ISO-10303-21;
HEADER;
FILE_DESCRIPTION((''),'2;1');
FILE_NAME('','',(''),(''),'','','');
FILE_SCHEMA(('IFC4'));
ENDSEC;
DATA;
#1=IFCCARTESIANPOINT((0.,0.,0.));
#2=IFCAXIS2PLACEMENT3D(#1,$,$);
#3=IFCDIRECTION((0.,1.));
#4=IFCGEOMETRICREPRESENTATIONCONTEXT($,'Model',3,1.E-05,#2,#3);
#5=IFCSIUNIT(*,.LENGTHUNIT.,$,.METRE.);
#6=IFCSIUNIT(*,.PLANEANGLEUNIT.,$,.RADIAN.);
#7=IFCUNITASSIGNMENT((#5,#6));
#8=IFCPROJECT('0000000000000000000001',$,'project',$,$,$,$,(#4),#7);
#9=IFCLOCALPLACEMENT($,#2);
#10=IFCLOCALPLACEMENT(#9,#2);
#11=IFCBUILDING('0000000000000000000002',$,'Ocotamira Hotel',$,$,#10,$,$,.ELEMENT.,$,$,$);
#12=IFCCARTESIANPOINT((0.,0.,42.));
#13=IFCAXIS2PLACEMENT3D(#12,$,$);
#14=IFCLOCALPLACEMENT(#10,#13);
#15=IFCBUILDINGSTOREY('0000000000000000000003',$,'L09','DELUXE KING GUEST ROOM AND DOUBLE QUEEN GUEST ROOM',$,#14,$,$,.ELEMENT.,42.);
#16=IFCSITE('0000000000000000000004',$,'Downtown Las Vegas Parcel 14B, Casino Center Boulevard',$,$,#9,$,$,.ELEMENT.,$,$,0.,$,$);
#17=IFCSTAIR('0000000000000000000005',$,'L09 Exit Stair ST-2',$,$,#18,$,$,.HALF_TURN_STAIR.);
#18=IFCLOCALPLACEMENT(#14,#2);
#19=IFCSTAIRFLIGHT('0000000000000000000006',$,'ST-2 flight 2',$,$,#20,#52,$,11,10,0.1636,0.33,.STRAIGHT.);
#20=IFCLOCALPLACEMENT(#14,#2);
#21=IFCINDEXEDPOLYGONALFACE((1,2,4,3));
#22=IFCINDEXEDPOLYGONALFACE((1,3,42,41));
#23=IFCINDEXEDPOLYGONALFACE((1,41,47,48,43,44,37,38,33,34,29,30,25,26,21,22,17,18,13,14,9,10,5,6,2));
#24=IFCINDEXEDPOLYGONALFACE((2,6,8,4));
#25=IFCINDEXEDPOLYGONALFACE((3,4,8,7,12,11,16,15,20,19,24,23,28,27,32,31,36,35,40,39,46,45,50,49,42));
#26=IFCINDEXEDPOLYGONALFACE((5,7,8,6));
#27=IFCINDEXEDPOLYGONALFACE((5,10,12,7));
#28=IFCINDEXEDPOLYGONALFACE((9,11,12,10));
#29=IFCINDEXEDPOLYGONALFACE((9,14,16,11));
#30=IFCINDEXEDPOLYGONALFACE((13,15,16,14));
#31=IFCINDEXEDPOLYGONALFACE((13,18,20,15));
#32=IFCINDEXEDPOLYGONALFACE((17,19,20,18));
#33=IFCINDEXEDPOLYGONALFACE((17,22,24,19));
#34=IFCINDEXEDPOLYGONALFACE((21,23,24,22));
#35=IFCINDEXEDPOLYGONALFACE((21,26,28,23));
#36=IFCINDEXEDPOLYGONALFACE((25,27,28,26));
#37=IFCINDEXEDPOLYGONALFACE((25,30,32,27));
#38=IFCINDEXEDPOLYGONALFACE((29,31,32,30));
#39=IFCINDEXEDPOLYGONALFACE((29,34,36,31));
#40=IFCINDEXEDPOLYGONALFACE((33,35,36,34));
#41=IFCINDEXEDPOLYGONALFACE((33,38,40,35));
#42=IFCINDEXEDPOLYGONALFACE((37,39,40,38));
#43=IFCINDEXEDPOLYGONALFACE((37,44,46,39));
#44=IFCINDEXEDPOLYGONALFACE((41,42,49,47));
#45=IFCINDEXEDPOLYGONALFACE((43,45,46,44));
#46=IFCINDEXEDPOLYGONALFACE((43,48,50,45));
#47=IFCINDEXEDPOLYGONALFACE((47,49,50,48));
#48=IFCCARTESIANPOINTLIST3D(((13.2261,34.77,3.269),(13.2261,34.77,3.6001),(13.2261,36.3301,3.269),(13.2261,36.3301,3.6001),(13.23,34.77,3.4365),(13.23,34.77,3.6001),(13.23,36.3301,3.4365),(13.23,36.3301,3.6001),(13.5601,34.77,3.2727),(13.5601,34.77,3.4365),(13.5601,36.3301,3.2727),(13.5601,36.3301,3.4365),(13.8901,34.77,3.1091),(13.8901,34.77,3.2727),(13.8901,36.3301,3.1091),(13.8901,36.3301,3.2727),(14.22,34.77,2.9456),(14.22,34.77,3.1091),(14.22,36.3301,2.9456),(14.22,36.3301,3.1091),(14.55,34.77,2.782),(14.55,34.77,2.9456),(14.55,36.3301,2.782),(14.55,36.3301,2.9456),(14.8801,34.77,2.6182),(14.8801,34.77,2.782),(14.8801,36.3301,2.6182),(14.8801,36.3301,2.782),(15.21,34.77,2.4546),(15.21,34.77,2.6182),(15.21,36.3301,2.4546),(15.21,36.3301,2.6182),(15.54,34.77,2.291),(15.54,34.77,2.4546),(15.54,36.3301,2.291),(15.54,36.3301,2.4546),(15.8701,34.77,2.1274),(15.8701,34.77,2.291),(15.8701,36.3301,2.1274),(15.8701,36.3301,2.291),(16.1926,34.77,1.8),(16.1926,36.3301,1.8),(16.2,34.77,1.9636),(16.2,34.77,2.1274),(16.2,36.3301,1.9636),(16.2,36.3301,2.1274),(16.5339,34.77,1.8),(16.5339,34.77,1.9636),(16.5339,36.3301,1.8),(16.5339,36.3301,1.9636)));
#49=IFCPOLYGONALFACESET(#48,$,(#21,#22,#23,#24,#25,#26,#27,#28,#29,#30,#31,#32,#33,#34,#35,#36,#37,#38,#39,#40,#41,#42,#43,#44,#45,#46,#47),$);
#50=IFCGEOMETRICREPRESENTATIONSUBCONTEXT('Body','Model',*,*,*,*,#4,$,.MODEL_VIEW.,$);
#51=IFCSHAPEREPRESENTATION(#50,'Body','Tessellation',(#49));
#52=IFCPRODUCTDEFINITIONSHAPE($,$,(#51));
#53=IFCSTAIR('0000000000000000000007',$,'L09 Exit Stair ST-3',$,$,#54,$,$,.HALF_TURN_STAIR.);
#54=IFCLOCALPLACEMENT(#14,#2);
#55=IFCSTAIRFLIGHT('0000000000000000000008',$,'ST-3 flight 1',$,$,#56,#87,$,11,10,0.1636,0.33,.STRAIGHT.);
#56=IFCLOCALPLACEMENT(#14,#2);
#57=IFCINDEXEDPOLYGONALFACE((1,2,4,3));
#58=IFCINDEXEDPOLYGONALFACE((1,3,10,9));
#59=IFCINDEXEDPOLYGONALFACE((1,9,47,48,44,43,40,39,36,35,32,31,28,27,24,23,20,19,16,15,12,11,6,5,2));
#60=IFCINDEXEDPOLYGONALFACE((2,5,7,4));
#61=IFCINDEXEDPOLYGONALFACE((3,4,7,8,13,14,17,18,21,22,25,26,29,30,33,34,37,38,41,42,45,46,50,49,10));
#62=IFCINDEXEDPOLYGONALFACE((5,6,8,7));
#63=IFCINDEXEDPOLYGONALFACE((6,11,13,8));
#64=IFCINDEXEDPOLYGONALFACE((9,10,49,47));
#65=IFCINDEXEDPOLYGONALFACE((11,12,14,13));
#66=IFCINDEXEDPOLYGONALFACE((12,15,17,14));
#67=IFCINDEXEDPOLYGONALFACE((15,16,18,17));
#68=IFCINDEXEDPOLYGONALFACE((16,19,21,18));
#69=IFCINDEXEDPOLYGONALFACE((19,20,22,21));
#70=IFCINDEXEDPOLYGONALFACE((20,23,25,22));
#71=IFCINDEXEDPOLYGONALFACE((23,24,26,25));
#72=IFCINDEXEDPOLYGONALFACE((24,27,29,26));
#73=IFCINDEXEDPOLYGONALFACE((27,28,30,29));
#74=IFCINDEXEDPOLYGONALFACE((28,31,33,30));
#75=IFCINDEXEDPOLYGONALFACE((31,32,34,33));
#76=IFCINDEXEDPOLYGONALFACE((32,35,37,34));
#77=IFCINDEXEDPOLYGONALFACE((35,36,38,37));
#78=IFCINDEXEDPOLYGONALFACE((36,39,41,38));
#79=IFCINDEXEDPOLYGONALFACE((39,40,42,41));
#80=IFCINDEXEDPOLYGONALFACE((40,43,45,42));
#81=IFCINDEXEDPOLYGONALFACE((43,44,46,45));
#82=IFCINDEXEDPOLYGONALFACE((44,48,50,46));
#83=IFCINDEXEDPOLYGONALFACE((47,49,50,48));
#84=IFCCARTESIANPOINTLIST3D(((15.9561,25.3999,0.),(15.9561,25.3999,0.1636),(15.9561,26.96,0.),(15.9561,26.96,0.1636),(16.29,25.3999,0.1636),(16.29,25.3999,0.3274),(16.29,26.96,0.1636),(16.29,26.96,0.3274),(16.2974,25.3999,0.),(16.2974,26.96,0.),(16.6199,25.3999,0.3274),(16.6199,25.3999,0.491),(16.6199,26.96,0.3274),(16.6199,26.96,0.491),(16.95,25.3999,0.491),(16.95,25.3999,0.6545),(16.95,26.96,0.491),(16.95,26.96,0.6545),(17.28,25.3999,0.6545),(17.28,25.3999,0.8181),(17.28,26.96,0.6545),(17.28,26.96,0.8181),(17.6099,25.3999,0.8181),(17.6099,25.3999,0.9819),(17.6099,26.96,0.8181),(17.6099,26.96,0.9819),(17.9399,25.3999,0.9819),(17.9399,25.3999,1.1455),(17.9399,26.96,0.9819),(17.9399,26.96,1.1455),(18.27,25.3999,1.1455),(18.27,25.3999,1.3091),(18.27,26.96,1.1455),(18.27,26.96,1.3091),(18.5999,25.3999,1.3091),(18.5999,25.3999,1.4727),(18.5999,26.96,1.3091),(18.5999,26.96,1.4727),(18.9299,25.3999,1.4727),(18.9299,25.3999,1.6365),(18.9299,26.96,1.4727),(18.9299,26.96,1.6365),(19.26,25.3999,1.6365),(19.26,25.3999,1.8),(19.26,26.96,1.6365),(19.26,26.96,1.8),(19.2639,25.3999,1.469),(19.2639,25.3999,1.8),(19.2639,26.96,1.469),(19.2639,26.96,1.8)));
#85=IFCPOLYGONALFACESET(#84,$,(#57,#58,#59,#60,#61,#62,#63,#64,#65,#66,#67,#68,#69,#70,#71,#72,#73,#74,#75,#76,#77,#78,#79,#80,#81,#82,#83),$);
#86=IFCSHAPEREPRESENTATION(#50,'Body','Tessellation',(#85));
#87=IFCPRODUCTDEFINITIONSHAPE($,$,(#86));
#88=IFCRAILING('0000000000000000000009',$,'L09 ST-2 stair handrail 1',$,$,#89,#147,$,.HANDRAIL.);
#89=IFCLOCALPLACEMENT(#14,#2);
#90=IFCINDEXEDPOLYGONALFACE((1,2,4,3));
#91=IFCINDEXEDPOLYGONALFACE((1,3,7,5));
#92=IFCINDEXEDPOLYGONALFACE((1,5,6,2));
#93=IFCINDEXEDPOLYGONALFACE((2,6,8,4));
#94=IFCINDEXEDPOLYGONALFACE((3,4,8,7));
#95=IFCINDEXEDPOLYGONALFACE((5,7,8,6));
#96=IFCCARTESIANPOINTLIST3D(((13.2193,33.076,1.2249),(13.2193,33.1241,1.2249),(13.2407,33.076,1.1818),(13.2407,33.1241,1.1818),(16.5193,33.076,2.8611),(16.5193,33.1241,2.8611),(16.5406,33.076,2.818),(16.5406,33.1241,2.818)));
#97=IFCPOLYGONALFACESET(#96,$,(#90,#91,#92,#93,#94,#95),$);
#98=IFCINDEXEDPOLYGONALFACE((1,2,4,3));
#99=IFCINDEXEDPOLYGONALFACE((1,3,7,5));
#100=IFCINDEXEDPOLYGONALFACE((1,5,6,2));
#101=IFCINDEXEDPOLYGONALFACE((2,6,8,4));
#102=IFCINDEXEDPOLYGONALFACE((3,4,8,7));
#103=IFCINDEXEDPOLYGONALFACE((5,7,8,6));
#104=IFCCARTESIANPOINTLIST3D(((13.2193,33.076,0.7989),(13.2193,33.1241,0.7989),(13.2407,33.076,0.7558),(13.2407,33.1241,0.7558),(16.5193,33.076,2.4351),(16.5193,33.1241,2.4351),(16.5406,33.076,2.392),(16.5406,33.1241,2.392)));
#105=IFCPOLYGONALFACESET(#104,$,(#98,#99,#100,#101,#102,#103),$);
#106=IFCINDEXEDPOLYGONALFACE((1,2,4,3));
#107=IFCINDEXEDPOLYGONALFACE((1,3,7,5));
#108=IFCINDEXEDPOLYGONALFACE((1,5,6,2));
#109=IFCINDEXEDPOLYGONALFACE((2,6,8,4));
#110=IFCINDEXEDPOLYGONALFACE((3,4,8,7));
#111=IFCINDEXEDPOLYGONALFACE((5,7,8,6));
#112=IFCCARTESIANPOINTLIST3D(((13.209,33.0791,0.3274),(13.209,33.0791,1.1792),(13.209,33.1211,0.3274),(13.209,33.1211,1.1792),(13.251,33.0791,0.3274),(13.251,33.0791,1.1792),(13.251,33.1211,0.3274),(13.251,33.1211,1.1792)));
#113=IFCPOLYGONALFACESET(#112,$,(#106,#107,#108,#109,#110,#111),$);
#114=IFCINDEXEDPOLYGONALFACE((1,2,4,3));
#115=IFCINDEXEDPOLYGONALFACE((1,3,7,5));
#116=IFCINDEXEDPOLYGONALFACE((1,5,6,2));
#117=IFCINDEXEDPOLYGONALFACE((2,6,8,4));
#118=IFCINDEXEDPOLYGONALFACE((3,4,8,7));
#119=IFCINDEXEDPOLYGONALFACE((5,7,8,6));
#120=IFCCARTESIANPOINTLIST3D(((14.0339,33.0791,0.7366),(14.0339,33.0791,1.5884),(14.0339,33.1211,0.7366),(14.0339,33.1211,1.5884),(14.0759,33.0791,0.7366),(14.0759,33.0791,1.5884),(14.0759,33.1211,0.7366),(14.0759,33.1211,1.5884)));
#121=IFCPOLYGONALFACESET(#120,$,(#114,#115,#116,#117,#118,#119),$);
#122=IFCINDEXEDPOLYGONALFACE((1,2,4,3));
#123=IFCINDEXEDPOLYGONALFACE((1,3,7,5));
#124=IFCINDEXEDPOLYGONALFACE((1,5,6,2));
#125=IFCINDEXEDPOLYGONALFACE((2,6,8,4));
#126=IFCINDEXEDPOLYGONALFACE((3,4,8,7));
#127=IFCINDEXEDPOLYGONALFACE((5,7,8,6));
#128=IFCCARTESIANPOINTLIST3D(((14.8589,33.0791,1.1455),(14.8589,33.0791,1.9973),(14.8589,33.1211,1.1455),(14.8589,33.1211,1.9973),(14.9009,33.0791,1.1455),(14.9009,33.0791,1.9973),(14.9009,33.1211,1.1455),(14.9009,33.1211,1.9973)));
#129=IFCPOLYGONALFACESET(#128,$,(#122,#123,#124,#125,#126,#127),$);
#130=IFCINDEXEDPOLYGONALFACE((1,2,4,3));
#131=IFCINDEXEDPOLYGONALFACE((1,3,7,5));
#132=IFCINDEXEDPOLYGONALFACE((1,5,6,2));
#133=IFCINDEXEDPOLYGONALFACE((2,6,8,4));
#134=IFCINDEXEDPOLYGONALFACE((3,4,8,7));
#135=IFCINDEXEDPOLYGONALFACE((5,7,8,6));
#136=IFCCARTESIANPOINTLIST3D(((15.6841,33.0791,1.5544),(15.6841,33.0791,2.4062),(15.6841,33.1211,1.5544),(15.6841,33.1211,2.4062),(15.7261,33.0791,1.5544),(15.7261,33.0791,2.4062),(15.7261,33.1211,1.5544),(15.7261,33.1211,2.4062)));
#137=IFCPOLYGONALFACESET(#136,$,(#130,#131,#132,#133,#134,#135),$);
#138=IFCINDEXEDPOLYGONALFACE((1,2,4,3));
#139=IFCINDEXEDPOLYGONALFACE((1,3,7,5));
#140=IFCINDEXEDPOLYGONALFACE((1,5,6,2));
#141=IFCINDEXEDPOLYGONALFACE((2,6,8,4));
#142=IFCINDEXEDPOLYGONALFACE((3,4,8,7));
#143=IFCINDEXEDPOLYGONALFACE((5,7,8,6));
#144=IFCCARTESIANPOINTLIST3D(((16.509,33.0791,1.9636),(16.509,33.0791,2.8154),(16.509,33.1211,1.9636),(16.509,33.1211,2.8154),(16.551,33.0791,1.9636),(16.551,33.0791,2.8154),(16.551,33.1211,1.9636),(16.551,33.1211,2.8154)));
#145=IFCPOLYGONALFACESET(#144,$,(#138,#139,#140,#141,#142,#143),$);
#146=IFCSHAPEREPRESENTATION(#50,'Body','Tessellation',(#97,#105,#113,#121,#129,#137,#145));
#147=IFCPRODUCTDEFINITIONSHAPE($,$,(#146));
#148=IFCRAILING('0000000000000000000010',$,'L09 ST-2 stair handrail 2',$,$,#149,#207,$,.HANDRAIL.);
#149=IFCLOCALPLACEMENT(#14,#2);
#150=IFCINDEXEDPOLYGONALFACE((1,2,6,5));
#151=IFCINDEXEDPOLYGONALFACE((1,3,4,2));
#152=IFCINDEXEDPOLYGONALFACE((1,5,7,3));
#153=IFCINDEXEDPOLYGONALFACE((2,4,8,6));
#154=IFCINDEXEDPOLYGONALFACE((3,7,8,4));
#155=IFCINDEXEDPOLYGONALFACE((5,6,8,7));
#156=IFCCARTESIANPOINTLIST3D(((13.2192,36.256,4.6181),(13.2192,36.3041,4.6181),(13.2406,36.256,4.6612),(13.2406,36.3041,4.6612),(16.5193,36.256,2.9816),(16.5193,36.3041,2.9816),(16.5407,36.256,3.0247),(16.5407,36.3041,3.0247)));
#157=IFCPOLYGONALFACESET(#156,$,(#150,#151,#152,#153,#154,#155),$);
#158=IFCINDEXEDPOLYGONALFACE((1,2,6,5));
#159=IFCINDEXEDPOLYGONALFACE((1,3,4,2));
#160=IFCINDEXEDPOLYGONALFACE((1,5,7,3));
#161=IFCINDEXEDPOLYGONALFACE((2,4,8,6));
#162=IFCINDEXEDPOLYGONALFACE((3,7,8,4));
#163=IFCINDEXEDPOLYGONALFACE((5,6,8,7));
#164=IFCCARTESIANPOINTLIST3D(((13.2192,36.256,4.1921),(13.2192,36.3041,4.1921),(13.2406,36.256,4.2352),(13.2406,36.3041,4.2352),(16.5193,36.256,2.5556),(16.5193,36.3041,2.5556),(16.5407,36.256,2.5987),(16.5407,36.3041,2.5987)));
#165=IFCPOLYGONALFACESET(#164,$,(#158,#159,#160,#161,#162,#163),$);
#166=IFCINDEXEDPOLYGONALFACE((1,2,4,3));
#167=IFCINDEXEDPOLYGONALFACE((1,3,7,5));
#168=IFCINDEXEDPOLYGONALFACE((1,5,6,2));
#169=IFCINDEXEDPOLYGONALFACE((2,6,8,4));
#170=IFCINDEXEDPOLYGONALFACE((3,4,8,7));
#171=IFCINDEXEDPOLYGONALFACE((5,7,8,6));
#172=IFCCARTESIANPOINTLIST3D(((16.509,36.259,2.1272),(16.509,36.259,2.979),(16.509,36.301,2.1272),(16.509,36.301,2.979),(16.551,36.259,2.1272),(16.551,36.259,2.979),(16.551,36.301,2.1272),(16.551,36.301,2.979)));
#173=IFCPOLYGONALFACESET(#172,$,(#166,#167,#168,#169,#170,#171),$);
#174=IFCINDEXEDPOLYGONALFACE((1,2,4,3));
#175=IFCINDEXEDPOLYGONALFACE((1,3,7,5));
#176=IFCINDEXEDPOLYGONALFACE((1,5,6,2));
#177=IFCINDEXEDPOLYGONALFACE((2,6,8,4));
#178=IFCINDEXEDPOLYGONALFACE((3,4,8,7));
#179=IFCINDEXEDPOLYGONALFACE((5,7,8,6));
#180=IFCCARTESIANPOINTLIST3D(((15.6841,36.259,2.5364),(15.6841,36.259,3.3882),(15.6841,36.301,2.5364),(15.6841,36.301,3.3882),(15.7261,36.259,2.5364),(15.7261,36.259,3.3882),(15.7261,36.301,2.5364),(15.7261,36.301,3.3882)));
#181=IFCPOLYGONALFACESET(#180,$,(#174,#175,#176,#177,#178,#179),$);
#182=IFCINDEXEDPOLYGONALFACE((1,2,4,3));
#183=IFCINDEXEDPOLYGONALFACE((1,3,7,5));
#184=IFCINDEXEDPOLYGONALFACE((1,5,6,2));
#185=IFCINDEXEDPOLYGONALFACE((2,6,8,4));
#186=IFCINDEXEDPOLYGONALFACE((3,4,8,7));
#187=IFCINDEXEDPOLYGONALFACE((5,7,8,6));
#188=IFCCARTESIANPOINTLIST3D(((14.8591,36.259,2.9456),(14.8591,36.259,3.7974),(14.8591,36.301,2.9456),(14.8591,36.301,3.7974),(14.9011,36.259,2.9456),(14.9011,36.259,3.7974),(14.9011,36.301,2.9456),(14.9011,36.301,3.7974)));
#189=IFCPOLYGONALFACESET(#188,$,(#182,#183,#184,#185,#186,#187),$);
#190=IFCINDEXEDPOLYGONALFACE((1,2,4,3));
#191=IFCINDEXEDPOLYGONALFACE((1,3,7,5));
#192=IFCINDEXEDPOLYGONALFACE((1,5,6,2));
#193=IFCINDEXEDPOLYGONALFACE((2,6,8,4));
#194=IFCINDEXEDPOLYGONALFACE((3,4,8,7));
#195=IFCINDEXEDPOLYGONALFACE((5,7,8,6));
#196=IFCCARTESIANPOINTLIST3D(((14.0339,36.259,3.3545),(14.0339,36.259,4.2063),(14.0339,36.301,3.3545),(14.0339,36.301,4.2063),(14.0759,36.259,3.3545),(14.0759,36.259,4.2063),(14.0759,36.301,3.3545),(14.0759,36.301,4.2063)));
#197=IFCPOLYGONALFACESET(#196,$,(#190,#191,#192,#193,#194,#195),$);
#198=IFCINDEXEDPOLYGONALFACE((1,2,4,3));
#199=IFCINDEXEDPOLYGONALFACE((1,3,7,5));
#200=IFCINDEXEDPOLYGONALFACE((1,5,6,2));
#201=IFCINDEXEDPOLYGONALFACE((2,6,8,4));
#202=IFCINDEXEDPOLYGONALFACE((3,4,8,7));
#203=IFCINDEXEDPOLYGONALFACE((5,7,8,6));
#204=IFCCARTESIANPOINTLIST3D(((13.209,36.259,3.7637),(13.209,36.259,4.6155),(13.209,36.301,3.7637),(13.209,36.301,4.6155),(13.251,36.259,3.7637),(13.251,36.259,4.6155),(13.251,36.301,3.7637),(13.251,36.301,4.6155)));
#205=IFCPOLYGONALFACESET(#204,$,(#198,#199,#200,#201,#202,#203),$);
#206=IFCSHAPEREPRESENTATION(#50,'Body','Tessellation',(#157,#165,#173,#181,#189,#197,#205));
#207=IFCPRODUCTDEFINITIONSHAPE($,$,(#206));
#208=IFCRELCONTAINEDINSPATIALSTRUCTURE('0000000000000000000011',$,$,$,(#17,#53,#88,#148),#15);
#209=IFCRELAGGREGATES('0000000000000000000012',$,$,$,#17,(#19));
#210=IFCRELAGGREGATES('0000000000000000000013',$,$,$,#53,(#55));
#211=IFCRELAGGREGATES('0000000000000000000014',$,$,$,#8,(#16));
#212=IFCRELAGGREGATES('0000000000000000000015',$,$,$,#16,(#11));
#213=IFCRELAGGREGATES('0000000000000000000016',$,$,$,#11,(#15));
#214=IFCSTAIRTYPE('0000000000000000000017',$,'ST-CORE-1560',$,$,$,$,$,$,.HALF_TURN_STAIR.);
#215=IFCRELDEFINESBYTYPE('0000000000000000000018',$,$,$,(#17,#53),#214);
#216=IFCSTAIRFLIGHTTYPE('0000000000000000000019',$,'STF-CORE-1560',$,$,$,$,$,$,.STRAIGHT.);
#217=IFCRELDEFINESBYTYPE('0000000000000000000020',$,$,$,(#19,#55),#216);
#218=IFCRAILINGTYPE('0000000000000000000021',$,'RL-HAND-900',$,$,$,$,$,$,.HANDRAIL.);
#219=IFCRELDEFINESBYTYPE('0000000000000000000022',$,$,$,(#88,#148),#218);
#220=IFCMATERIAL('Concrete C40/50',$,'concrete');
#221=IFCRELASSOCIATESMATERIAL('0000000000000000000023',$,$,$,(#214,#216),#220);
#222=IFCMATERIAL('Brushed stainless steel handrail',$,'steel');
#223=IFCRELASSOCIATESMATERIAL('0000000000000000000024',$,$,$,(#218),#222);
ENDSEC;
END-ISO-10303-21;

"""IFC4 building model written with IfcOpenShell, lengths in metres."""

from ifc_helpers import new_model, si_unit, direction, frame, origin, origin_2d, place, context, subcontext, project, spatial, polyline, rectangle, outline, extrude, source, transform, mapped, material, type_object, element, aggregate, save


model = new_model("IFC4")

# Units and contexts
model_context = context("Model", 3, precision=1e-05, world=origin(), true_north=direction((0.0, 1.0)))
body_context = subcontext(model_context, "Body", "Model", "MODEL_VIEW")
ifc_project = project(units=[si_unit("LENGTHUNIT", "METRE"), si_unit("PLANEANGLEUNIT", "RADIAN")], contexts=[model_context])

# Site, building, storey
site_placement = place(None, origin())
site = spatial("IfcSite", under=ifc_project, at=site_placement, Name="Downtown Las Vegas Parcel 14B, Casino Center Boulevard", CompositionType="ELEMENT", RefElevation=0.0)
building_placement = place(site_placement, origin())
building = spatial("IfcBuilding", under=site, at=building_placement, Name="Ocotamira Hotel", CompositionType="ELEMENT")
storey_placement = place(building_placement, frame((0.0, 0.0, 42.0)))
storey = spatial("IfcBuildingStorey", under=building, at=storey_placement, Name="L09", Description="DELUXE KING GUEST ROOM AND DOUBLE QUEEN GUEST ROOM", CompositionType="ELEMENT", Elevation=42.0)

# Stair, stair flight
ifc_material_1 = material(Name="Concrete C40/50", Category="concrete")
stair_type = type_object("IfcStairType", Name="ST-CORE-1560", PredefinedType="HALF_TURN_STAIR", material=ifc_material_1)
stair_1_placement = place(storey_placement, origin())
stair_1 = element("IfcStair", 1, at=stair_1_placement, inside=storey, type_object=stair_type, Name="L09 Exit Stair ST-2", PredefinedType="HALF_TURN_STAIR")
stair_flight_type = type_object("IfcStairFlightType", Name="STF-CORE-1560", PredefinedType="STRAIGHT", material=ifc_material_1)
shared_shape_1 = source(origin(), body_context, "Body", "SweptSolid", [
    extrude(outline(polyline([(-0.0039, 0.0), (-0.0039, 0.1636), (0.3301, 0.1636), (0.3301, 0.3274), (0.6599, 0.3274), (0.6599, 0.491), (0.99, 0.491), (0.99, 0.6545), (1.3201, 0.6545), (1.3201, 0.8181), (1.6499, 0.8181), (1.6499, 0.9819), (1.98, 0.9819), (1.98, 1.1455), (2.3101, 1.1455), (2.3101, 1.3091), (2.6399, 1.3091), (2.6399, 1.4727), (2.97, 1.4727), (2.97, 1.6365), (3.3, 1.6365), (3.3, 1.8), (3.304, 1.8), (3.304, 1.469), (0.3374, 0.0), (-0.0039, 0.0)])), frame((0.0, 0.78, 0.0), z_axis=(0.0, -1.0, 0.0), x_axis=(1.0, 0.0, 0.0)), (0.0, 0.0, 1.0), 1.5601),
])
stair_flight_1_placement = place(storey_placement, frame((16.53, 35.55, 1.8), z_axis=(0.0, 0.0, 1.0), x_axis=(-1.0, 0.0, 0.0)))
stair_flight_1 = element("IfcStairFlight", 2, at=stair_flight_1_placement, type_object=stair_flight_type, Name="ST-2 flight 2", NumberOfRisers=11, NumberOfTreads=10, PredefinedType="STRAIGHT", RiserHeight=0.1636, TreadLength=0.33, context=body_context, shape_type="MappedRepresentation", body=[
    mapped(shared_shape_1, transform((0.0, 0.0, 0.0), scale=1.0)),
])
aggregate(stair_1, [stair_flight_1])

# Stair, stair flight
stair_2_placement = place(storey_placement, origin())
stair_2 = element("IfcStair", 3, at=stair_2_placement, inside=storey, type_object=stair_type, Name="L09 Exit Stair ST-3", PredefinedType="HALF_TURN_STAIR")
stair_flight_2_placement = place(storey_placement, frame((15.96, 26.1799, 0.0), z_axis=(0.0, 0.0, 1.0), x_axis=(1.0, 0.0, 0.0)))
stair_flight_2 = element("IfcStairFlight", 4, at=stair_flight_2_placement, type_object=stair_flight_type, Name="ST-3 flight 1", NumberOfRisers=11, NumberOfTreads=10, PredefinedType="STRAIGHT", RiserHeight=0.1636, TreadLength=0.33, context=body_context, shape_type="MappedRepresentation", body=[
    mapped(shared_shape_1, transform((0.0, 0.0, 0.0), scale=1.0)),
])
aggregate(stair_2, [stair_flight_2])

# Railings
ifc_material_2 = material(Name="Brushed stainless steel handrail", Category="steel")
railing_type_1 = type_object("IfcRailingType", Name="RL-HAND-900", PredefinedType="HANDRAIL", material=ifc_material_2)
railing_1_placement = place(storey_placement, frame((13.23, 33.1001, 0.3274)))
element("IfcRailing", 5, at=railing_1_placement, inside=storey, type_object=railing_type_1, Name="L09 ST-2 stair handrail 1", PredefinedType="HANDRAIL", context=body_context, shape_type="SweptSolid", body=[
    extrude(rectangle(XDim=0.0481, YDim=0.0481, at=origin_2d()), frame((0.0, 0.0, 0.876), z_axis=(0.89592, 0.0, 0.444215), x_axis=(0.0, 1.0, 0.0)), (0.0, 0.0, 1.0), 3.6833),
    extrude(rectangle(XDim=0.0481, YDim=0.0481, at=origin_2d()), frame((0.0, 0.0, 0.45), z_axis=(0.89592, 0.0, 0.444215), x_axis=(0.0, 1.0, 0.0)), (0.0, 0.0, 1.0), 3.6833),
    extrude(rectangle(XDim=0.042, YDim=0.042, at=origin_2d()), origin(), (0.0, 0.0, 1.0), 0.8518),
    extrude(rectangle(XDim=0.042, YDim=0.042, at=origin_2d()), frame((0.825, 0.0, 0.4092)), (0.0, 0.0, 1.0), 0.8518),
    extrude(rectangle(XDim=0.042, YDim=0.042, at=origin_2d()), frame((1.6499, 0.0, 0.8181)), (0.0, 0.0, 1.0), 0.8518),
    extrude(rectangle(XDim=0.042, YDim=0.042, at=origin_2d()), frame((2.4751, 0.0, 1.2271)), (0.0, 0.0, 1.0), 0.8518),
    extrude(rectangle(XDim=0.042, YDim=0.042, at=origin_2d()), frame((3.3, 0.0, 1.6362)), (0.0, 0.0, 1.0), 0.8518),
])
railing_2_placement = place(storey_placement, frame((16.53, 36.28, 2.1272)))
element("IfcRailing", 6, at=railing_2_placement, inside=storey, type_object=railing_type_1, Name="L09 ST-2 stair handrail 2", PredefinedType="HANDRAIL", context=body_context, shape_type="SweptSolid", body=[
    extrude(rectangle(XDim=0.0481, YDim=0.0481, at=origin_2d()), frame((0.0, 0.0, 0.876), z_axis=(-0.895894, 0.0, 0.444268), x_axis=(0.0, -1.0, 0.0)), (0.0, 0.0, 1.0), 3.6836),
    extrude(rectangle(XDim=0.0481, YDim=0.0481, at=origin_2d()), frame((0.0, 0.0, 0.45), z_axis=(-0.895894, 0.0, 0.444268), x_axis=(0.0, -1.0, 0.0)), (0.0, 0.0, 1.0), 3.6836),
    extrude(rectangle(XDim=0.042, YDim=0.042, at=origin_2d()), origin(), (0.0, 0.0, 1.0), 0.8518),
    extrude(rectangle(XDim=0.042, YDim=0.042, at=origin_2d()), frame((-0.825, 0.0, 0.4092)), (0.0, 0.0, 1.0), 0.8518),
    extrude(rectangle(XDim=0.042, YDim=0.042, at=origin_2d()), frame((-1.6499, 0.0, 0.8184)), (0.0, 0.0, 1.0), 0.8518),
    extrude(rectangle(XDim=0.042, YDim=0.042, at=origin_2d()), frame((-2.4751, 0.0, 1.2273)), (0.0, 0.0, 1.0), 0.8518),
    extrude(rectangle(XDim=0.042, YDim=0.042, at=origin_2d()), frame((-3.3, 0.0, 1.6365)), (0.0, 0.0, 1.0), 0.8518),
])

save(model, "model.ifc")
